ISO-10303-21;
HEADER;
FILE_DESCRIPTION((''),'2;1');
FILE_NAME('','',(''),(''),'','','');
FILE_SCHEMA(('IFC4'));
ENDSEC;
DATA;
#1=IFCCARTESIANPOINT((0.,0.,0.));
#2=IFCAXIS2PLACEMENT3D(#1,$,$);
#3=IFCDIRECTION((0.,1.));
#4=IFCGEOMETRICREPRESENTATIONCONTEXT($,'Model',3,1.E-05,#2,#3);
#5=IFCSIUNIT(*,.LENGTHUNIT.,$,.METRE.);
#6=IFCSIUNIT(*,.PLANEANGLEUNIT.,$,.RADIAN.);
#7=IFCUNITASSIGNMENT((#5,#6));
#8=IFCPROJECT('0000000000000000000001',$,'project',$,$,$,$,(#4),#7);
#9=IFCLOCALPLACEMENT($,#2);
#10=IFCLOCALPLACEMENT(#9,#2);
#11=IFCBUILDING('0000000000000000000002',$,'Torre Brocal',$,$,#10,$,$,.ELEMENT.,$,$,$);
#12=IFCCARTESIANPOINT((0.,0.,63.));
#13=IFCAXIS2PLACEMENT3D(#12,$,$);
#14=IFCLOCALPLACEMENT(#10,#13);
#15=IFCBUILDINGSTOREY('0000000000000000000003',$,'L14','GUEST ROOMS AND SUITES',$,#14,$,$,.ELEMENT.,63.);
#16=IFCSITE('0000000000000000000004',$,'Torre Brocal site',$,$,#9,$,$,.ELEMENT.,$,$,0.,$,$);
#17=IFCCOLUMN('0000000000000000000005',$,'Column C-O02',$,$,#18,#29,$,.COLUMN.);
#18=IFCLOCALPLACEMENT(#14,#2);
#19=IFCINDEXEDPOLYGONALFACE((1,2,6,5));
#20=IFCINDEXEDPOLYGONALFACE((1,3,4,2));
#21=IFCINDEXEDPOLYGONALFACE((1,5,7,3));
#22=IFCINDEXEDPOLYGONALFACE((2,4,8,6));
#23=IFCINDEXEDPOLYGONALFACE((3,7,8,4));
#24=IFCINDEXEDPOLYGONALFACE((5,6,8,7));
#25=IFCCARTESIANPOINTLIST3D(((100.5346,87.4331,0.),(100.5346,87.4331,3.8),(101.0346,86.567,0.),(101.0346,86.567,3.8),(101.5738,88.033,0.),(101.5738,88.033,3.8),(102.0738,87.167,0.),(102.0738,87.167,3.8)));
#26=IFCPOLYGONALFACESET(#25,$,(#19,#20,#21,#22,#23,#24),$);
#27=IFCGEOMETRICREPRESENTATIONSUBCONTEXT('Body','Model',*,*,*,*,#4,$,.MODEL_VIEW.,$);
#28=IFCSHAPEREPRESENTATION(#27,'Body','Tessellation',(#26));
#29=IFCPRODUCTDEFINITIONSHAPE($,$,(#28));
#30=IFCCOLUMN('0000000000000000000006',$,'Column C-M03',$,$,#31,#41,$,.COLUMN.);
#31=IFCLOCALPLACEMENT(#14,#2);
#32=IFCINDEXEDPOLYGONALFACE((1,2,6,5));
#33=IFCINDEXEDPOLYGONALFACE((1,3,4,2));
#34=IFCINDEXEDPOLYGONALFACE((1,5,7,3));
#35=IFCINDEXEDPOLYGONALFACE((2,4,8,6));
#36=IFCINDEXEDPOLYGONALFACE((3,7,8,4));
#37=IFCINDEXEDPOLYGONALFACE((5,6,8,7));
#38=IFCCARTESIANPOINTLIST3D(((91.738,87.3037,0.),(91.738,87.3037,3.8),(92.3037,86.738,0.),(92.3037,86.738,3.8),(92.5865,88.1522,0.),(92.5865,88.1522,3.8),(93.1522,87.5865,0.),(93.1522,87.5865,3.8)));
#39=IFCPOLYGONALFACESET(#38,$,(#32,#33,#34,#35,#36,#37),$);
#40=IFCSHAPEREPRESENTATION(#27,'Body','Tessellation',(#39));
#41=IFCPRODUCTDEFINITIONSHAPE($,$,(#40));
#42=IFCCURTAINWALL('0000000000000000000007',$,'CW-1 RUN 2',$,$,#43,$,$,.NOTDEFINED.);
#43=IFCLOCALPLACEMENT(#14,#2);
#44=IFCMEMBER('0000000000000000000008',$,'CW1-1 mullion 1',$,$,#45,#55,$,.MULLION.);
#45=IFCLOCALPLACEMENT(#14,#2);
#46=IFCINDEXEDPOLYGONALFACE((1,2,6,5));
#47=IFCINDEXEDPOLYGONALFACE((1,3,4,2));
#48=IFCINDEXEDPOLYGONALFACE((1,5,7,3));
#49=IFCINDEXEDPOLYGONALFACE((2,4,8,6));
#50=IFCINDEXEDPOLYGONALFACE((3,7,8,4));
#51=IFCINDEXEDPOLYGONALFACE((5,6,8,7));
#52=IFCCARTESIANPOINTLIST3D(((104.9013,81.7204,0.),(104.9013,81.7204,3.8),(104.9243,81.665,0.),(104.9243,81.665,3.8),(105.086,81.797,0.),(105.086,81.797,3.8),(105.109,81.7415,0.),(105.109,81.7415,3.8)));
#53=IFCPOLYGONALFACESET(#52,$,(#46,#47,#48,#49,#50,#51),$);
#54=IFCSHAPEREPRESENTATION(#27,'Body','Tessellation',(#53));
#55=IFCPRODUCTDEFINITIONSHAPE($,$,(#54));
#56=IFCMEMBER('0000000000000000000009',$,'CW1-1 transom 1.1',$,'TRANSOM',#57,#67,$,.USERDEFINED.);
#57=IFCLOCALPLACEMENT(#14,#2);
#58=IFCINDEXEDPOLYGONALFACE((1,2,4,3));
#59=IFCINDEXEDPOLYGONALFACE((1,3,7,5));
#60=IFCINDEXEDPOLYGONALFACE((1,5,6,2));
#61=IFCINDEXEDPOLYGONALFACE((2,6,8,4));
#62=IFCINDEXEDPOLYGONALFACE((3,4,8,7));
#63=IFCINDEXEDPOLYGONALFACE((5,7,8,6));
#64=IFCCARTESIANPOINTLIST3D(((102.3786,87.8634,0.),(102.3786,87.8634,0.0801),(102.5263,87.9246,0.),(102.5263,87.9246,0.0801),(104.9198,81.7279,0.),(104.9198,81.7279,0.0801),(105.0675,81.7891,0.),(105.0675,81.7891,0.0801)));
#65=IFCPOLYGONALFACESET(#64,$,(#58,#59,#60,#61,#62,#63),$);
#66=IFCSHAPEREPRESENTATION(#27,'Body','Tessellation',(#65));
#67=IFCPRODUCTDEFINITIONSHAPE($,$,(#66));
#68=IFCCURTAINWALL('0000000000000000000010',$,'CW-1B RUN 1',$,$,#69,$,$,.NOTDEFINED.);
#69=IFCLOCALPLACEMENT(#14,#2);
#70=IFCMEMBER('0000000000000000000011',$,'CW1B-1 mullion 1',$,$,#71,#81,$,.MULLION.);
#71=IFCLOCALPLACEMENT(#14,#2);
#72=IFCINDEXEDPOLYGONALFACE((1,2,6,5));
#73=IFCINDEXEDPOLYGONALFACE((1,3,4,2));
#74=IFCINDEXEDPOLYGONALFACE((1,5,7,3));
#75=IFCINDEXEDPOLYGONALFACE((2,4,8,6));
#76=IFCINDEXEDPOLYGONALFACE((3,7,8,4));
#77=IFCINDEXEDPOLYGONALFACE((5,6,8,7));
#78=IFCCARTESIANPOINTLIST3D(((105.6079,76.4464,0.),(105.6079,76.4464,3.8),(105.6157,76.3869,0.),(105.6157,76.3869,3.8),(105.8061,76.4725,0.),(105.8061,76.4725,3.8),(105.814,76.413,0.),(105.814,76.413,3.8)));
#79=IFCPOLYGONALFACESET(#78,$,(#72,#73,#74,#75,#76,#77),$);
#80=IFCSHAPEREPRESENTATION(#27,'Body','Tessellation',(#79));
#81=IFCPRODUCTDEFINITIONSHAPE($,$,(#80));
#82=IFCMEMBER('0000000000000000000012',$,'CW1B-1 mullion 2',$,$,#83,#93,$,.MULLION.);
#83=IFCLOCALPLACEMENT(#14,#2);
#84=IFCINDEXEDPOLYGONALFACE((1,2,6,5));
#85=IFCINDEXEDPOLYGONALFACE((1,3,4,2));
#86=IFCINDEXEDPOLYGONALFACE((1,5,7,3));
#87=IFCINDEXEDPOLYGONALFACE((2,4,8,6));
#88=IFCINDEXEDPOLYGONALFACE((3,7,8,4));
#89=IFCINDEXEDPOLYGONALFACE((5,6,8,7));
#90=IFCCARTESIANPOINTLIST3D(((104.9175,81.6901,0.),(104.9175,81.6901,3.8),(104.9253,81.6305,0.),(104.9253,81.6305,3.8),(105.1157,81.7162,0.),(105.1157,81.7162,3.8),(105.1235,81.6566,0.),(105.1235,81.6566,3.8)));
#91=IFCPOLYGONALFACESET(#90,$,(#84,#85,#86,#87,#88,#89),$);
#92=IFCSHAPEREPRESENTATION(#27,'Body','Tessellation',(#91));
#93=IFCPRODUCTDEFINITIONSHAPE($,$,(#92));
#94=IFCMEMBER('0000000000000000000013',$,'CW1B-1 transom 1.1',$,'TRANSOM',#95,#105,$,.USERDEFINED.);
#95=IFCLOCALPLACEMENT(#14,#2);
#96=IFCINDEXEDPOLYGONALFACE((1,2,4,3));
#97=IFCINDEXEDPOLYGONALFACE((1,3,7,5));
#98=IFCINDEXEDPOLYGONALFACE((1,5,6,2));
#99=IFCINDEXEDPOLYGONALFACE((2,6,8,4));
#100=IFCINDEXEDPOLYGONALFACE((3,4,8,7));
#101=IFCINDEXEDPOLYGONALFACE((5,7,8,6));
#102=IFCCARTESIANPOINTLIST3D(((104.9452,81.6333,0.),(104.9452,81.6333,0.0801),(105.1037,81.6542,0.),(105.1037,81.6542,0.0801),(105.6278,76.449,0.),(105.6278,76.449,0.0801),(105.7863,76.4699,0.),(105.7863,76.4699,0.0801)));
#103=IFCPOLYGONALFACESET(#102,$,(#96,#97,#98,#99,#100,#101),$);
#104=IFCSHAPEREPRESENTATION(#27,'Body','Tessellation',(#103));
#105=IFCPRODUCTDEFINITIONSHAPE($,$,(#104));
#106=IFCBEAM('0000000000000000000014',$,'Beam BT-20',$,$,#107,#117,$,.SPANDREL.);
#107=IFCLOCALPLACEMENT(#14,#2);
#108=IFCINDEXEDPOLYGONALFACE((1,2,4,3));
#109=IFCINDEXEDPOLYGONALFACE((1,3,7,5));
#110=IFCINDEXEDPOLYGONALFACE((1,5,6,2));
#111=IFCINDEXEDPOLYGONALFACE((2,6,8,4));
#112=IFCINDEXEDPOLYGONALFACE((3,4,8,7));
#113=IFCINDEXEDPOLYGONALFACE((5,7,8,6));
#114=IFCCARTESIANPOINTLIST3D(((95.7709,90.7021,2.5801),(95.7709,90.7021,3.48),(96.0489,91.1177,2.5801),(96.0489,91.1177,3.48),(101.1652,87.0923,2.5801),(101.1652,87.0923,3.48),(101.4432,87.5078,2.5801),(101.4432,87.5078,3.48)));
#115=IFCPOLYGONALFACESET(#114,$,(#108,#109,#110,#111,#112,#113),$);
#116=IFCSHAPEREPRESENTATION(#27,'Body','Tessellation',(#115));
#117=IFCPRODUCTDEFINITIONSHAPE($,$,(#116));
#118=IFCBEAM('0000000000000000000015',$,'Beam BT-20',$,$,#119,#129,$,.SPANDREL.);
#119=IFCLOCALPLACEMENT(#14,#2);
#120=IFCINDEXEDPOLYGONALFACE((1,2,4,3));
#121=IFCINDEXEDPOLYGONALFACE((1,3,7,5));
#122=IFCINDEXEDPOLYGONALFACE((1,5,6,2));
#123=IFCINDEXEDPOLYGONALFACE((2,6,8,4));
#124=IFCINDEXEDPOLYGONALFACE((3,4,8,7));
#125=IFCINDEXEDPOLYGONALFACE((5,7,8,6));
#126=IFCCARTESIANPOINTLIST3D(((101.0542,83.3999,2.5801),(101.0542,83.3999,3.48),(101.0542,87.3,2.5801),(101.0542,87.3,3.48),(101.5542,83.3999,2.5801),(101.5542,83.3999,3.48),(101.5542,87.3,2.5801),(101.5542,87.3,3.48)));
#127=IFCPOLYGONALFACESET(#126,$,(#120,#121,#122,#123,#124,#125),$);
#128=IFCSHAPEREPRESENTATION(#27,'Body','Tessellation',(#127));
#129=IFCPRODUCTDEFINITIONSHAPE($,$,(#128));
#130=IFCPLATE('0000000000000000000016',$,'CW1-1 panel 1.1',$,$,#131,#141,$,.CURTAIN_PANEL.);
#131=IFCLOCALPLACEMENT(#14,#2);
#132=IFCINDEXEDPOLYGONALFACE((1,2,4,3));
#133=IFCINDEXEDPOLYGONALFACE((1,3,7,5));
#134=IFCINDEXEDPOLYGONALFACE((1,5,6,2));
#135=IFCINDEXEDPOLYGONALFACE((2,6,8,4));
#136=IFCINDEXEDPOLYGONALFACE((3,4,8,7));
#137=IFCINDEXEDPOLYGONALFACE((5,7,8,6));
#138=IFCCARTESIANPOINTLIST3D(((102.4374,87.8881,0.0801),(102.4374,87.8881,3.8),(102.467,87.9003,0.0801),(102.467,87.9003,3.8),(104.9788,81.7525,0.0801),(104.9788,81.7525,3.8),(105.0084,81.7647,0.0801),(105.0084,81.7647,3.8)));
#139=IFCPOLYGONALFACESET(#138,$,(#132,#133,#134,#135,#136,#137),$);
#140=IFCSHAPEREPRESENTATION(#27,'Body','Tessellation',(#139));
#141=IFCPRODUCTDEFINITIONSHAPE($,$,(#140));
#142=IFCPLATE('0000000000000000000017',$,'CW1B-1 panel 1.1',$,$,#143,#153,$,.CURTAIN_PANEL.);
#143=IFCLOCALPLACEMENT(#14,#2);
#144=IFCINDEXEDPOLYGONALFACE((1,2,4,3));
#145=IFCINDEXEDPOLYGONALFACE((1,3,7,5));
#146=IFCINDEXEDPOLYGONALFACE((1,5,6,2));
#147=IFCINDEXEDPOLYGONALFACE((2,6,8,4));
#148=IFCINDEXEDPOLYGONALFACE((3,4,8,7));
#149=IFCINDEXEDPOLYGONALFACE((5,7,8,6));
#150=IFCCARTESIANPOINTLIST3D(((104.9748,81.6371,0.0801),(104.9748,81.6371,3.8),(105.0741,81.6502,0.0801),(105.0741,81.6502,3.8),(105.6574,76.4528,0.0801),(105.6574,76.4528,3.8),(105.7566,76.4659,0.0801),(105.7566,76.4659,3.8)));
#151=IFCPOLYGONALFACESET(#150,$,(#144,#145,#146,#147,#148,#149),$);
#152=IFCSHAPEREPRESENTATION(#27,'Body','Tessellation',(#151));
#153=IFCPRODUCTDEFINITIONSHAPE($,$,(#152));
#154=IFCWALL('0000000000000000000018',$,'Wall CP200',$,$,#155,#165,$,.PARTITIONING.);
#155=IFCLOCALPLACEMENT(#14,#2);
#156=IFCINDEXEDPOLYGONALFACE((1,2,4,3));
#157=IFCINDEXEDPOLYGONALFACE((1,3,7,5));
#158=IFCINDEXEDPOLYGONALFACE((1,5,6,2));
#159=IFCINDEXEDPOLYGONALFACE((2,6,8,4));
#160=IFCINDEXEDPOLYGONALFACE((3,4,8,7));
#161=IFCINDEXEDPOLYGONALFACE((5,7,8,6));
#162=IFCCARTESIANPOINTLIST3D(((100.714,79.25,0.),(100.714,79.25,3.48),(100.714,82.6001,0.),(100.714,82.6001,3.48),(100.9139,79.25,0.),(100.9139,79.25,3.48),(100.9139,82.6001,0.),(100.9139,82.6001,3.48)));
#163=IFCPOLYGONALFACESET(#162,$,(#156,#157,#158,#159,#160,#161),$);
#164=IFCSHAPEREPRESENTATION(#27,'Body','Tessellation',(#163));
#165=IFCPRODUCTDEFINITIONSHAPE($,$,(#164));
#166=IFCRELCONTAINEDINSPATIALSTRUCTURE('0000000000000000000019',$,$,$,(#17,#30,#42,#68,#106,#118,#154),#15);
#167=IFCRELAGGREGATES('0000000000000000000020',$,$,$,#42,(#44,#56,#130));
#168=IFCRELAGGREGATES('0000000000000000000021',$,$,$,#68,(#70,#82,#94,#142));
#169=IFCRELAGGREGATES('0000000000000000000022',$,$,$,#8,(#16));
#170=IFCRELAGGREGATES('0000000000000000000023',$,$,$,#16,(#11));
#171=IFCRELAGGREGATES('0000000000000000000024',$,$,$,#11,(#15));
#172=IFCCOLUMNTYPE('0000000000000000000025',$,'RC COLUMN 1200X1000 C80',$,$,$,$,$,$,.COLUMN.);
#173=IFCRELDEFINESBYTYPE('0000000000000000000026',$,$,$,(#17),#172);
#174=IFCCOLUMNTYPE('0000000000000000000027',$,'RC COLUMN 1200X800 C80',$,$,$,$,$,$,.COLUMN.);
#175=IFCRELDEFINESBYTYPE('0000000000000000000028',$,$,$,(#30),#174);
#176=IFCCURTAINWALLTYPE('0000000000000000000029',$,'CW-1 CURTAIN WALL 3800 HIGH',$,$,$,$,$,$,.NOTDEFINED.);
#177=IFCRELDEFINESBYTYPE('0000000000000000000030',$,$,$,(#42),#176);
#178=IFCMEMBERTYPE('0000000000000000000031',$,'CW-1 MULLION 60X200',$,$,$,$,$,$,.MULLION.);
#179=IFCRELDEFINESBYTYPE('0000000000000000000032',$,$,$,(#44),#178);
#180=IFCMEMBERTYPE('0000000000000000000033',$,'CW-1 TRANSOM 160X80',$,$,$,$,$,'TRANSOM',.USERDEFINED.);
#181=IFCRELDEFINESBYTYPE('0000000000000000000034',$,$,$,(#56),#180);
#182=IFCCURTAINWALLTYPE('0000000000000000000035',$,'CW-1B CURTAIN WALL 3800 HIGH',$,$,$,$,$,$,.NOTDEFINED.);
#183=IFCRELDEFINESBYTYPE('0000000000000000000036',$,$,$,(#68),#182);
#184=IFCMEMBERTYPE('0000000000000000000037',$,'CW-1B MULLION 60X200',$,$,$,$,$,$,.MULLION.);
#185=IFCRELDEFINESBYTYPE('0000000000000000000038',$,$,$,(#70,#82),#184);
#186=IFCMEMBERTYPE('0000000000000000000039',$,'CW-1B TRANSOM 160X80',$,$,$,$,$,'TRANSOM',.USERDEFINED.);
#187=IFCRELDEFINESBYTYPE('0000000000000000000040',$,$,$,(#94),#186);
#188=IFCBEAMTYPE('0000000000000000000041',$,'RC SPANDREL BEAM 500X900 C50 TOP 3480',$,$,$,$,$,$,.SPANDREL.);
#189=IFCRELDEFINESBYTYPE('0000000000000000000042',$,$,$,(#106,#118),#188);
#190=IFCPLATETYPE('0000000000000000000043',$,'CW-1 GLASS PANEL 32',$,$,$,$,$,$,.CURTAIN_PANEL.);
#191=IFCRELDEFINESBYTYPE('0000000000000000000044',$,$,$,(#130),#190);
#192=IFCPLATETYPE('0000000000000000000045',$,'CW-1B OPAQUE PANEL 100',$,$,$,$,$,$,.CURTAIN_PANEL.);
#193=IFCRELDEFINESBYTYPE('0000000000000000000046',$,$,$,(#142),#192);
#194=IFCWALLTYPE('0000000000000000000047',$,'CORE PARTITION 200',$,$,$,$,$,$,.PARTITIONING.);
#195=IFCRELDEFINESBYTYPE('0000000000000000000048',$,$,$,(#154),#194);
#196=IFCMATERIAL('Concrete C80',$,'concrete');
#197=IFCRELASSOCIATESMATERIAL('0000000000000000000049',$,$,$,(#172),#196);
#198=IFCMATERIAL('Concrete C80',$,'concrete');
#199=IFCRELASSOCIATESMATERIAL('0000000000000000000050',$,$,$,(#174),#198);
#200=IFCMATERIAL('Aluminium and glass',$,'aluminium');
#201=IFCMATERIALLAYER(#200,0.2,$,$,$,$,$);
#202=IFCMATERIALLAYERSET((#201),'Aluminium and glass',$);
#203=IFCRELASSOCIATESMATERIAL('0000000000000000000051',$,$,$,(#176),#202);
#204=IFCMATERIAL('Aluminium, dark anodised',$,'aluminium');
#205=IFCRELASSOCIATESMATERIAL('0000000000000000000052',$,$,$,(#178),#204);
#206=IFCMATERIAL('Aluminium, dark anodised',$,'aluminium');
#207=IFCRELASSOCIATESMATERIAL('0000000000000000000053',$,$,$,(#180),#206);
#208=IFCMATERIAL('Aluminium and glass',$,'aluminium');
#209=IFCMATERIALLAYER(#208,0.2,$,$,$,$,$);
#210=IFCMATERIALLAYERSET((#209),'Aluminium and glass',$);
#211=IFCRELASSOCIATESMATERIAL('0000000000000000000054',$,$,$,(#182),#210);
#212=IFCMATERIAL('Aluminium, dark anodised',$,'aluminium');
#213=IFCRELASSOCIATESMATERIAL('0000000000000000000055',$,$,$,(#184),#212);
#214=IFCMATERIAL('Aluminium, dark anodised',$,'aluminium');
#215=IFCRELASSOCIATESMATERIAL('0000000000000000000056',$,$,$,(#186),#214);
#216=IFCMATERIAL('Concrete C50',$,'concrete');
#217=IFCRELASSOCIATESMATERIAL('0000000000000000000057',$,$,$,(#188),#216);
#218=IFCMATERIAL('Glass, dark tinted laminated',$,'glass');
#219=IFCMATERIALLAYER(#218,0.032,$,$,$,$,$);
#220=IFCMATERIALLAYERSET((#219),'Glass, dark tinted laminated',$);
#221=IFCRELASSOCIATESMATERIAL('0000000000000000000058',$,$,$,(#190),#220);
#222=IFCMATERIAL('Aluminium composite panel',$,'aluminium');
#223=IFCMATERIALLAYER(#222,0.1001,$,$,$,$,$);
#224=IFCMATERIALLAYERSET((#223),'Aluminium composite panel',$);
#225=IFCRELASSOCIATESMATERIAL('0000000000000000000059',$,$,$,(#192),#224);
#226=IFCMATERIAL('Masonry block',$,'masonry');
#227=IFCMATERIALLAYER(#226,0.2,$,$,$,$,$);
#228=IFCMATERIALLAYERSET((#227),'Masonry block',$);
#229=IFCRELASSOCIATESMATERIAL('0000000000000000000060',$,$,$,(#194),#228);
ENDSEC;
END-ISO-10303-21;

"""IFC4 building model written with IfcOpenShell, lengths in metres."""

from ifc_helpers import new_model, si_unit, direction, frame, frame_2d, origin, origin_2d, place, context, subcontext, project, spatial, rectangle, extrude, material, layer, layer_set, material_profile, profile_set, type_object, element, aggregate, save


model = new_model("IFC4")

# Units and contexts
model_context = context("Model", 3, precision=1e-05, world=origin(), true_north=direction((0.0, 1.0)))
body_context = subcontext(model_context, "Body", "Model", "MODEL_VIEW")
ifc_project = project(units=[si_unit("LENGTHUNIT", "METRE"), si_unit("PLANEANGLEUNIT", "RADIAN")], contexts=[model_context])

# Site, building, storey
site_placement = place(None, origin())
site = spatial("IfcSite", under=ifc_project, at=site_placement, Name="Torre Brocal site", CompositionType="ELEMENT", RefElevation=0.0)
building_placement = place(site_placement, origin())
building = spatial("IfcBuilding", under=site, at=building_placement, Name="Torre Brocal", CompositionType="ELEMENT")
storey_placement = place(building_placement, frame((0.0, 0.0, 63.0)))
storey = spatial("IfcBuildingStorey", under=building, at=storey_placement, Name="L14", Description="GUEST ROOMS AND SUITES", CompositionType="ELEMENT", Elevation=63.0)

# Columns
ifc_material_1 = material(Name="Concrete C80", Category="concrete")
ifc_material_profile_1 = material_profile(ifc_material_1, rectangle(XDim=1.2, YDim=1.0, at=origin_2d()), Name="RC 1200X1000")
ifc_profile_set_1 = profile_set([ifc_material_profile_1], Name="Concrete C80")
column_type_1 = type_object("IfcColumnType", Name="RC COLUMN 1200X1000 C80", PredefinedType="COLUMN", material=ifc_profile_set_1)
column_1_placement = place(storey_placement, frame((101.3042, 87.3, 0.0), z_axis=(0.0, 0.0, 1.0), x_axis=(0.866025, 0.5, 0.0)))
element("IfcColumn", 1, at=column_1_placement, inside=storey, type_object=column_type_1, Name="Column C-O02", PredefinedType="COLUMN", context=body_context, shape_type="SweptSolid", body=[
    extrude(rectangle(XDim=1.2, YDim=1.0, at=origin_2d()), origin(), (0.0, 0.0, 1.0), 3.8),
])
ifc_material_2 = material(Name="Concrete C80", Category="concrete")
ifc_material_profile_2 = material_profile(ifc_material_2, rectangle(XDim=1.2, YDim=0.8, at=origin_2d()), Name="RC 1200X800")
ifc_profile_set_2 = profile_set([ifc_material_profile_2], Name="Concrete C80")
column_type_2 = type_object("IfcColumnType", Name="RC COLUMN 1200X800 C80", PredefinedType="COLUMN", material=ifc_profile_set_2)
column_2_placement = place(storey_placement, frame((92.4451, 87.4451, 0.0), z_axis=(0.0, 0.0, 1.0), x_axis=(0.707107, 0.707107, 0.0)))
element("IfcColumn", 2, at=column_2_placement, inside=storey, type_object=column_type_2, Name="Column C-M03", PredefinedType="COLUMN", context=body_context, shape_type="SweptSolid", body=[
    extrude(rectangle(XDim=1.2, YDim=0.8, at=origin_2d()), origin(), (0.0, 0.0, 1.0), 3.8),
])

# Curtain walls, members
ifc_material_3 = material(Name="Aluminium and glass", Category="aluminium")
ifc_layer_1 = layer(ifc_material_3, 0.2)
ifc_layer_set_1 = layer_set([ifc_layer_1], Name="Aluminium and glass")
curtain_wall_type_1 = type_object("IfcCurtainWallType", Name="CW-1 CURTAIN WALL 3800 HIGH", PredefinedType="NOTDEFINED", material=ifc_layer_set_1)
curtain_wall_1_placement = place(storey_placement, origin())
curtain_wall_1 = element("IfcCurtainWall", 3, at=curtain_wall_1_placement, inside=storey, type_object=curtain_wall_type_1, Name="CW-1 RUN 2", PredefinedType="NOTDEFINED")
ifc_material_4 = material(Name="Aluminium, dark anodised", Category="aluminium")
ifc_material_profile_3 = material_profile(ifc_material_4, rectangle(XDim=0.2, YDim=0.0601, at=origin_2d()), Name="CW-1 MULLION 60X200")
ifc_profile_set_3 = profile_set([ifc_material_profile_3], Name="Aluminium, dark anodised")
member_type_1 = type_object("IfcMemberType", Name="CW-1 MULLION 60X200", PredefinedType="MULLION", material=ifc_profile_set_3)
member_1_placement = place(storey_placement, frame((105.0051, 81.731, 0.0), z_axis=(0.0, 0.0, 1.0), x_axis=(-0.92388, -0.382683, 0.0)))
member_1 = element("IfcMember", 4, at=member_1_placement, type_object=member_type_1, Name="CW1-1 mullion 1", PredefinedType="MULLION", context=body_context, shape_type="SweptSolid", body=[
    extrude(rectangle(XDim=0.2, YDim=0.0601, at=origin_2d()), origin(), (0.0, 0.0, 1.0), 3.8),
])
ifc_material_5 = material(Name="Aluminium, dark anodised", Category="aluminium")
ifc_material_profile_4 = material_profile(ifc_material_5, rectangle(XDim=0.1599, YDim=0.0801, at=origin_2d()), Name="CW-1 TRANSOM 160X80")
ifc_profile_set_4 = profile_set([ifc_material_profile_4], Name="Aluminium, dark anodised")
member_type_2 = type_object("IfcMemberType", Name="CW-1 TRANSOM 160X80", ElementType="TRANSOM", PredefinedType="USERDEFINED", material=ifc_profile_set_4)
member_2_placement = place(storey_placement, frame((104.9937, 81.7585, 0.04), z_axis=(-0.382665, 0.923887, 0.0), x_axis=(-0.923887, -0.382665, 0.0)))
member_2 = element("IfcMember", 5, at=member_2_placement, type_object=member_type_2, Name="CW1-1 transom 1.1", ObjectType="TRANSOM", PredefinedType="USERDEFINED", context=body_context, shape_type="SweptSolid", body=[
    extrude(rectangle(XDim=0.1599, YDim=0.0801, at=origin_2d()), origin(), (0.0, 0.0, 1.0), 6.6409),
])
ifc_material_6 = material(Name="Aluminium and glass", Category="aluminium")
ifc_layer_2 = layer(ifc_material_6, 0.2)
ifc_layer_set_2 = layer_set([ifc_layer_2], Name="Aluminium and glass")
curtain_wall_type_2 = type_object("IfcCurtainWallType", Name="CW-1B CURTAIN WALL 3800 HIGH", PredefinedType="NOTDEFINED", material=ifc_layer_set_2)
curtain_wall_2_placement = place(storey_placement, origin())
curtain_wall_2 = element("IfcCurtainWall", 6, at=curtain_wall_2_placement, inside=storey, type_object=curtain_wall_type_2, Name="CW-1B RUN 1", PredefinedType="NOTDEFINED")
ifc_material_7 = material(Name="Aluminium, dark anodised", Category="aluminium")
ifc_material_profile_5 = material_profile(ifc_material_7, rectangle(XDim=0.2, YDim=0.0601, at=origin_2d()), Name="CW-1B MULLION 60X200")
ifc_profile_set_5 = profile_set([ifc_material_profile_5], Name="Aluminium, dark anodised")
member_type_3 = type_object("IfcMemberType", Name="CW-1B MULLION 60X200", PredefinedType="MULLION", material=ifc_profile_set_5)
member_3_placement = place(storey_placement, frame((105.7109, 76.4297, 0.0), z_axis=(0.0, 0.0, 1.0), x_axis=(-0.991445, -0.130526, 0.0)))
member_3 = element("IfcMember", 7, at=member_3_placement, type_object=member_type_3, Name="CW1B-1 mullion 1", PredefinedType="MULLION", context=body_context, shape_type="SweptSolid", body=[
    extrude(rectangle(XDim=0.2, YDim=0.0601, at=origin_2d()), origin(), (0.0, 0.0, 1.0), 3.8),
])
member_4_placement = place(storey_placement, frame((105.0205, 81.6733, 0.0), z_axis=(0.0, 0.0, 1.0), x_axis=(-0.991445, -0.130526, 0.0)))
member_4 = element("IfcMember", 8, at=member_4_placement, type_object=member_type_3, Name="CW1B-1 mullion 2", PredefinedType="MULLION", context=body_context, shape_type="SweptSolid", body=[
    extrude(rectangle(XDim=0.2, YDim=0.0601, at=origin_2d()), origin(), (0.0, 0.0, 1.0), 3.8),
])
ifc_material_8 = material(Name="Aluminium, dark anodised", Category="aluminium")
ifc_material_profile_6 = material_profile(ifc_material_8, rectangle(XDim=0.1599, YDim=0.0801, at=origin_2d()), Name="CW-1B TRANSOM 160X80")
ifc_profile_set_6 = profile_set([ifc_material_profile_6], Name="Aluminium, dark anodised")
member_type_4 = type_object("IfcMemberType", Name="CW-1B TRANSOM 160X80", ElementType="TRANSOM", PredefinedType="USERDEFINED", material=ifc_profile_set_6)
member_5_placement = place(storey_placement, frame((105.707, 76.4595, 0.04), z_axis=(-0.130543, 0.991443, 0.0), x_axis=(-0.991443, -0.130543, 0.0)))
member_5 = element("IfcMember", 9, at=member_5_placement, type_object=member_type_4, Name="CW1B-1 transom 1.1", ObjectType="TRANSOM", PredefinedType="USERDEFINED", context=body_context, shape_type="SweptSolid", body=[
    extrude(rectangle(XDim=0.1599, YDim=0.0801, at=origin_2d()), origin(), (0.0, 0.0, 1.0), 5.229),
])

# Beams
ifc_material_9 = material(Name="Concrete C50", Category="concrete")
ifc_material_profile_7 = material_profile(ifc_material_9, rectangle(XDim=0.5, YDim=0.8999, at=origin_2d()), Name="RC 500X900")
ifc_profile_set_7 = profile_set([ifc_material_profile_7], Name="Concrete C50")
beam_type = type_object("IfcBeamType", Name="RC SPANDREL BEAM 500X900 C50 TOP 3480", PredefinedType="SPANDREL", material=ifc_profile_set_7)
beam_1_placement = place(storey_placement, frame((101.3042, 87.3, 3.03), z_axis=(-0.831077, 0.556158, 0.0), x_axis=(-0.556158, -0.831077, 0.0)))
element("IfcBeam", 10, at=beam_1_placement, inside=storey, type_object=beam_type, Name="Beam BT-20", PredefinedType="SPANDREL", context=body_context, shape_type="SweptSolid", body=[
    extrude(rectangle(XDim=0.5, YDim=0.8999, at=origin_2d()), origin(), (0.0, 0.0, 1.0), 6.4907),
])
beam_2_placement = place(storey_placement, frame((101.3042, 87.3, 3.03), z_axis=(0.0, -1.0, 0.0), x_axis=(1.0, 0.0, 0.0)))
element("IfcBeam", 11, at=beam_2_placement, inside=storey, type_object=beam_type, Name="Beam BT-20", PredefinedType="SPANDREL", context=body_context, shape_type="SweptSolid", body=[
    extrude(rectangle(XDim=0.5, YDim=0.8999, at=origin_2d()), origin(), (0.0, 0.0, 1.0), 3.9001),
])

# Plates
ifc_material_10 = material(Name="Glass, dark tinted laminated", Category="glass")
ifc_layer_3 = layer(ifc_material_10, 0.032)
ifc_layer_set_3 = layer_set([ifc_layer_3], Name="Glass, dark tinted laminated")
plate_type_1 = type_object("IfcPlateType", Name="CW-1 GLASS PANEL 32", PredefinedType="CURTAIN_PANEL", material=ifc_layer_set_3)
plate_1_placement = place(storey_placement, frame((103.7229, 84.8264, 0.0801), z_axis=(0.0, 0.0, 1.0), x_axis=(-0.382683, 0.92388, 0.0)))
plate_1 = element("IfcPlate", 12, at=plate_1_placement, type_object=plate_type_1, Name="CW1-1 panel 1.1", PredefinedType="CURTAIN_PANEL", context=body_context, shape_type="SweptSolid", body=[
    extrude(rectangle(XDim=6.6411, YDim=0.032, at=origin_2d()), origin(), (0.0, 0.0, 1.0), 3.72),
])
aggregate(curtain_wall_1, [member_1, member_2, plate_1])
ifc_material_11 = material(Name="Aluminium composite panel", Category="aluminium")
ifc_layer_4 = layer(ifc_material_11, 0.1001)
ifc_layer_set_4 = layer_set([ifc_layer_4], Name="Aluminium composite panel")
plate_type_2 = type_object("IfcPlateType", Name="CW-1B OPAQUE PANEL 100", PredefinedType="CURTAIN_PANEL", material=ifc_layer_set_4)
plate_2_placement = place(storey_placement, frame((105.3657, 79.0515, 0.0801), z_axis=(0.0, 0.0, 1.0), x_axis=(-0.130526, 0.991445, 0.0)))
plate_2 = element("IfcPlate", 13, at=plate_2_placement, type_object=plate_type_2, Name="CW1B-1 panel 1.1", PredefinedType="CURTAIN_PANEL", context=body_context, shape_type="SweptSolid", body=[
    extrude(rectangle(XDim=5.229, YDim=0.1001, at=origin_2d()), origin(), (0.0, 0.0, 1.0), 3.72),
])
aggregate(curtain_wall_2, [member_3, member_4, member_5, plate_2])

# Wall
ifc_material_12 = material(Name="Masonry block", Category="masonry")
ifc_layer_5 = layer(ifc_material_12, 0.2)
ifc_layer_set_5 = layer_set([ifc_layer_5], Name="Masonry block")
wall_type_1 = type_object("IfcWallType", Name="CORE PARTITION 200", PredefinedType="PARTITIONING", material=ifc_layer_set_5)
wall_1_placement = place(storey_placement, frame((100.814, 79.25, 0.0), z_axis=(0.0, 0.0, 1.0), x_axis=(0.0, 1.0, 0.0)))
element("IfcWall", 14, at=wall_1_placement, inside=storey, type_object=wall_type_1, Name="Wall CP200", PredefinedType="PARTITIONING", context=body_context, shape_type="SweptSolid", body=[
    extrude(rectangle(XDim=3.3501, YDim=0.2, at=frame_2d((1.675, 0.0))), origin(), (0.0, 0.0, 1.0), 3.48),
])

save(model, "model.ifc")
